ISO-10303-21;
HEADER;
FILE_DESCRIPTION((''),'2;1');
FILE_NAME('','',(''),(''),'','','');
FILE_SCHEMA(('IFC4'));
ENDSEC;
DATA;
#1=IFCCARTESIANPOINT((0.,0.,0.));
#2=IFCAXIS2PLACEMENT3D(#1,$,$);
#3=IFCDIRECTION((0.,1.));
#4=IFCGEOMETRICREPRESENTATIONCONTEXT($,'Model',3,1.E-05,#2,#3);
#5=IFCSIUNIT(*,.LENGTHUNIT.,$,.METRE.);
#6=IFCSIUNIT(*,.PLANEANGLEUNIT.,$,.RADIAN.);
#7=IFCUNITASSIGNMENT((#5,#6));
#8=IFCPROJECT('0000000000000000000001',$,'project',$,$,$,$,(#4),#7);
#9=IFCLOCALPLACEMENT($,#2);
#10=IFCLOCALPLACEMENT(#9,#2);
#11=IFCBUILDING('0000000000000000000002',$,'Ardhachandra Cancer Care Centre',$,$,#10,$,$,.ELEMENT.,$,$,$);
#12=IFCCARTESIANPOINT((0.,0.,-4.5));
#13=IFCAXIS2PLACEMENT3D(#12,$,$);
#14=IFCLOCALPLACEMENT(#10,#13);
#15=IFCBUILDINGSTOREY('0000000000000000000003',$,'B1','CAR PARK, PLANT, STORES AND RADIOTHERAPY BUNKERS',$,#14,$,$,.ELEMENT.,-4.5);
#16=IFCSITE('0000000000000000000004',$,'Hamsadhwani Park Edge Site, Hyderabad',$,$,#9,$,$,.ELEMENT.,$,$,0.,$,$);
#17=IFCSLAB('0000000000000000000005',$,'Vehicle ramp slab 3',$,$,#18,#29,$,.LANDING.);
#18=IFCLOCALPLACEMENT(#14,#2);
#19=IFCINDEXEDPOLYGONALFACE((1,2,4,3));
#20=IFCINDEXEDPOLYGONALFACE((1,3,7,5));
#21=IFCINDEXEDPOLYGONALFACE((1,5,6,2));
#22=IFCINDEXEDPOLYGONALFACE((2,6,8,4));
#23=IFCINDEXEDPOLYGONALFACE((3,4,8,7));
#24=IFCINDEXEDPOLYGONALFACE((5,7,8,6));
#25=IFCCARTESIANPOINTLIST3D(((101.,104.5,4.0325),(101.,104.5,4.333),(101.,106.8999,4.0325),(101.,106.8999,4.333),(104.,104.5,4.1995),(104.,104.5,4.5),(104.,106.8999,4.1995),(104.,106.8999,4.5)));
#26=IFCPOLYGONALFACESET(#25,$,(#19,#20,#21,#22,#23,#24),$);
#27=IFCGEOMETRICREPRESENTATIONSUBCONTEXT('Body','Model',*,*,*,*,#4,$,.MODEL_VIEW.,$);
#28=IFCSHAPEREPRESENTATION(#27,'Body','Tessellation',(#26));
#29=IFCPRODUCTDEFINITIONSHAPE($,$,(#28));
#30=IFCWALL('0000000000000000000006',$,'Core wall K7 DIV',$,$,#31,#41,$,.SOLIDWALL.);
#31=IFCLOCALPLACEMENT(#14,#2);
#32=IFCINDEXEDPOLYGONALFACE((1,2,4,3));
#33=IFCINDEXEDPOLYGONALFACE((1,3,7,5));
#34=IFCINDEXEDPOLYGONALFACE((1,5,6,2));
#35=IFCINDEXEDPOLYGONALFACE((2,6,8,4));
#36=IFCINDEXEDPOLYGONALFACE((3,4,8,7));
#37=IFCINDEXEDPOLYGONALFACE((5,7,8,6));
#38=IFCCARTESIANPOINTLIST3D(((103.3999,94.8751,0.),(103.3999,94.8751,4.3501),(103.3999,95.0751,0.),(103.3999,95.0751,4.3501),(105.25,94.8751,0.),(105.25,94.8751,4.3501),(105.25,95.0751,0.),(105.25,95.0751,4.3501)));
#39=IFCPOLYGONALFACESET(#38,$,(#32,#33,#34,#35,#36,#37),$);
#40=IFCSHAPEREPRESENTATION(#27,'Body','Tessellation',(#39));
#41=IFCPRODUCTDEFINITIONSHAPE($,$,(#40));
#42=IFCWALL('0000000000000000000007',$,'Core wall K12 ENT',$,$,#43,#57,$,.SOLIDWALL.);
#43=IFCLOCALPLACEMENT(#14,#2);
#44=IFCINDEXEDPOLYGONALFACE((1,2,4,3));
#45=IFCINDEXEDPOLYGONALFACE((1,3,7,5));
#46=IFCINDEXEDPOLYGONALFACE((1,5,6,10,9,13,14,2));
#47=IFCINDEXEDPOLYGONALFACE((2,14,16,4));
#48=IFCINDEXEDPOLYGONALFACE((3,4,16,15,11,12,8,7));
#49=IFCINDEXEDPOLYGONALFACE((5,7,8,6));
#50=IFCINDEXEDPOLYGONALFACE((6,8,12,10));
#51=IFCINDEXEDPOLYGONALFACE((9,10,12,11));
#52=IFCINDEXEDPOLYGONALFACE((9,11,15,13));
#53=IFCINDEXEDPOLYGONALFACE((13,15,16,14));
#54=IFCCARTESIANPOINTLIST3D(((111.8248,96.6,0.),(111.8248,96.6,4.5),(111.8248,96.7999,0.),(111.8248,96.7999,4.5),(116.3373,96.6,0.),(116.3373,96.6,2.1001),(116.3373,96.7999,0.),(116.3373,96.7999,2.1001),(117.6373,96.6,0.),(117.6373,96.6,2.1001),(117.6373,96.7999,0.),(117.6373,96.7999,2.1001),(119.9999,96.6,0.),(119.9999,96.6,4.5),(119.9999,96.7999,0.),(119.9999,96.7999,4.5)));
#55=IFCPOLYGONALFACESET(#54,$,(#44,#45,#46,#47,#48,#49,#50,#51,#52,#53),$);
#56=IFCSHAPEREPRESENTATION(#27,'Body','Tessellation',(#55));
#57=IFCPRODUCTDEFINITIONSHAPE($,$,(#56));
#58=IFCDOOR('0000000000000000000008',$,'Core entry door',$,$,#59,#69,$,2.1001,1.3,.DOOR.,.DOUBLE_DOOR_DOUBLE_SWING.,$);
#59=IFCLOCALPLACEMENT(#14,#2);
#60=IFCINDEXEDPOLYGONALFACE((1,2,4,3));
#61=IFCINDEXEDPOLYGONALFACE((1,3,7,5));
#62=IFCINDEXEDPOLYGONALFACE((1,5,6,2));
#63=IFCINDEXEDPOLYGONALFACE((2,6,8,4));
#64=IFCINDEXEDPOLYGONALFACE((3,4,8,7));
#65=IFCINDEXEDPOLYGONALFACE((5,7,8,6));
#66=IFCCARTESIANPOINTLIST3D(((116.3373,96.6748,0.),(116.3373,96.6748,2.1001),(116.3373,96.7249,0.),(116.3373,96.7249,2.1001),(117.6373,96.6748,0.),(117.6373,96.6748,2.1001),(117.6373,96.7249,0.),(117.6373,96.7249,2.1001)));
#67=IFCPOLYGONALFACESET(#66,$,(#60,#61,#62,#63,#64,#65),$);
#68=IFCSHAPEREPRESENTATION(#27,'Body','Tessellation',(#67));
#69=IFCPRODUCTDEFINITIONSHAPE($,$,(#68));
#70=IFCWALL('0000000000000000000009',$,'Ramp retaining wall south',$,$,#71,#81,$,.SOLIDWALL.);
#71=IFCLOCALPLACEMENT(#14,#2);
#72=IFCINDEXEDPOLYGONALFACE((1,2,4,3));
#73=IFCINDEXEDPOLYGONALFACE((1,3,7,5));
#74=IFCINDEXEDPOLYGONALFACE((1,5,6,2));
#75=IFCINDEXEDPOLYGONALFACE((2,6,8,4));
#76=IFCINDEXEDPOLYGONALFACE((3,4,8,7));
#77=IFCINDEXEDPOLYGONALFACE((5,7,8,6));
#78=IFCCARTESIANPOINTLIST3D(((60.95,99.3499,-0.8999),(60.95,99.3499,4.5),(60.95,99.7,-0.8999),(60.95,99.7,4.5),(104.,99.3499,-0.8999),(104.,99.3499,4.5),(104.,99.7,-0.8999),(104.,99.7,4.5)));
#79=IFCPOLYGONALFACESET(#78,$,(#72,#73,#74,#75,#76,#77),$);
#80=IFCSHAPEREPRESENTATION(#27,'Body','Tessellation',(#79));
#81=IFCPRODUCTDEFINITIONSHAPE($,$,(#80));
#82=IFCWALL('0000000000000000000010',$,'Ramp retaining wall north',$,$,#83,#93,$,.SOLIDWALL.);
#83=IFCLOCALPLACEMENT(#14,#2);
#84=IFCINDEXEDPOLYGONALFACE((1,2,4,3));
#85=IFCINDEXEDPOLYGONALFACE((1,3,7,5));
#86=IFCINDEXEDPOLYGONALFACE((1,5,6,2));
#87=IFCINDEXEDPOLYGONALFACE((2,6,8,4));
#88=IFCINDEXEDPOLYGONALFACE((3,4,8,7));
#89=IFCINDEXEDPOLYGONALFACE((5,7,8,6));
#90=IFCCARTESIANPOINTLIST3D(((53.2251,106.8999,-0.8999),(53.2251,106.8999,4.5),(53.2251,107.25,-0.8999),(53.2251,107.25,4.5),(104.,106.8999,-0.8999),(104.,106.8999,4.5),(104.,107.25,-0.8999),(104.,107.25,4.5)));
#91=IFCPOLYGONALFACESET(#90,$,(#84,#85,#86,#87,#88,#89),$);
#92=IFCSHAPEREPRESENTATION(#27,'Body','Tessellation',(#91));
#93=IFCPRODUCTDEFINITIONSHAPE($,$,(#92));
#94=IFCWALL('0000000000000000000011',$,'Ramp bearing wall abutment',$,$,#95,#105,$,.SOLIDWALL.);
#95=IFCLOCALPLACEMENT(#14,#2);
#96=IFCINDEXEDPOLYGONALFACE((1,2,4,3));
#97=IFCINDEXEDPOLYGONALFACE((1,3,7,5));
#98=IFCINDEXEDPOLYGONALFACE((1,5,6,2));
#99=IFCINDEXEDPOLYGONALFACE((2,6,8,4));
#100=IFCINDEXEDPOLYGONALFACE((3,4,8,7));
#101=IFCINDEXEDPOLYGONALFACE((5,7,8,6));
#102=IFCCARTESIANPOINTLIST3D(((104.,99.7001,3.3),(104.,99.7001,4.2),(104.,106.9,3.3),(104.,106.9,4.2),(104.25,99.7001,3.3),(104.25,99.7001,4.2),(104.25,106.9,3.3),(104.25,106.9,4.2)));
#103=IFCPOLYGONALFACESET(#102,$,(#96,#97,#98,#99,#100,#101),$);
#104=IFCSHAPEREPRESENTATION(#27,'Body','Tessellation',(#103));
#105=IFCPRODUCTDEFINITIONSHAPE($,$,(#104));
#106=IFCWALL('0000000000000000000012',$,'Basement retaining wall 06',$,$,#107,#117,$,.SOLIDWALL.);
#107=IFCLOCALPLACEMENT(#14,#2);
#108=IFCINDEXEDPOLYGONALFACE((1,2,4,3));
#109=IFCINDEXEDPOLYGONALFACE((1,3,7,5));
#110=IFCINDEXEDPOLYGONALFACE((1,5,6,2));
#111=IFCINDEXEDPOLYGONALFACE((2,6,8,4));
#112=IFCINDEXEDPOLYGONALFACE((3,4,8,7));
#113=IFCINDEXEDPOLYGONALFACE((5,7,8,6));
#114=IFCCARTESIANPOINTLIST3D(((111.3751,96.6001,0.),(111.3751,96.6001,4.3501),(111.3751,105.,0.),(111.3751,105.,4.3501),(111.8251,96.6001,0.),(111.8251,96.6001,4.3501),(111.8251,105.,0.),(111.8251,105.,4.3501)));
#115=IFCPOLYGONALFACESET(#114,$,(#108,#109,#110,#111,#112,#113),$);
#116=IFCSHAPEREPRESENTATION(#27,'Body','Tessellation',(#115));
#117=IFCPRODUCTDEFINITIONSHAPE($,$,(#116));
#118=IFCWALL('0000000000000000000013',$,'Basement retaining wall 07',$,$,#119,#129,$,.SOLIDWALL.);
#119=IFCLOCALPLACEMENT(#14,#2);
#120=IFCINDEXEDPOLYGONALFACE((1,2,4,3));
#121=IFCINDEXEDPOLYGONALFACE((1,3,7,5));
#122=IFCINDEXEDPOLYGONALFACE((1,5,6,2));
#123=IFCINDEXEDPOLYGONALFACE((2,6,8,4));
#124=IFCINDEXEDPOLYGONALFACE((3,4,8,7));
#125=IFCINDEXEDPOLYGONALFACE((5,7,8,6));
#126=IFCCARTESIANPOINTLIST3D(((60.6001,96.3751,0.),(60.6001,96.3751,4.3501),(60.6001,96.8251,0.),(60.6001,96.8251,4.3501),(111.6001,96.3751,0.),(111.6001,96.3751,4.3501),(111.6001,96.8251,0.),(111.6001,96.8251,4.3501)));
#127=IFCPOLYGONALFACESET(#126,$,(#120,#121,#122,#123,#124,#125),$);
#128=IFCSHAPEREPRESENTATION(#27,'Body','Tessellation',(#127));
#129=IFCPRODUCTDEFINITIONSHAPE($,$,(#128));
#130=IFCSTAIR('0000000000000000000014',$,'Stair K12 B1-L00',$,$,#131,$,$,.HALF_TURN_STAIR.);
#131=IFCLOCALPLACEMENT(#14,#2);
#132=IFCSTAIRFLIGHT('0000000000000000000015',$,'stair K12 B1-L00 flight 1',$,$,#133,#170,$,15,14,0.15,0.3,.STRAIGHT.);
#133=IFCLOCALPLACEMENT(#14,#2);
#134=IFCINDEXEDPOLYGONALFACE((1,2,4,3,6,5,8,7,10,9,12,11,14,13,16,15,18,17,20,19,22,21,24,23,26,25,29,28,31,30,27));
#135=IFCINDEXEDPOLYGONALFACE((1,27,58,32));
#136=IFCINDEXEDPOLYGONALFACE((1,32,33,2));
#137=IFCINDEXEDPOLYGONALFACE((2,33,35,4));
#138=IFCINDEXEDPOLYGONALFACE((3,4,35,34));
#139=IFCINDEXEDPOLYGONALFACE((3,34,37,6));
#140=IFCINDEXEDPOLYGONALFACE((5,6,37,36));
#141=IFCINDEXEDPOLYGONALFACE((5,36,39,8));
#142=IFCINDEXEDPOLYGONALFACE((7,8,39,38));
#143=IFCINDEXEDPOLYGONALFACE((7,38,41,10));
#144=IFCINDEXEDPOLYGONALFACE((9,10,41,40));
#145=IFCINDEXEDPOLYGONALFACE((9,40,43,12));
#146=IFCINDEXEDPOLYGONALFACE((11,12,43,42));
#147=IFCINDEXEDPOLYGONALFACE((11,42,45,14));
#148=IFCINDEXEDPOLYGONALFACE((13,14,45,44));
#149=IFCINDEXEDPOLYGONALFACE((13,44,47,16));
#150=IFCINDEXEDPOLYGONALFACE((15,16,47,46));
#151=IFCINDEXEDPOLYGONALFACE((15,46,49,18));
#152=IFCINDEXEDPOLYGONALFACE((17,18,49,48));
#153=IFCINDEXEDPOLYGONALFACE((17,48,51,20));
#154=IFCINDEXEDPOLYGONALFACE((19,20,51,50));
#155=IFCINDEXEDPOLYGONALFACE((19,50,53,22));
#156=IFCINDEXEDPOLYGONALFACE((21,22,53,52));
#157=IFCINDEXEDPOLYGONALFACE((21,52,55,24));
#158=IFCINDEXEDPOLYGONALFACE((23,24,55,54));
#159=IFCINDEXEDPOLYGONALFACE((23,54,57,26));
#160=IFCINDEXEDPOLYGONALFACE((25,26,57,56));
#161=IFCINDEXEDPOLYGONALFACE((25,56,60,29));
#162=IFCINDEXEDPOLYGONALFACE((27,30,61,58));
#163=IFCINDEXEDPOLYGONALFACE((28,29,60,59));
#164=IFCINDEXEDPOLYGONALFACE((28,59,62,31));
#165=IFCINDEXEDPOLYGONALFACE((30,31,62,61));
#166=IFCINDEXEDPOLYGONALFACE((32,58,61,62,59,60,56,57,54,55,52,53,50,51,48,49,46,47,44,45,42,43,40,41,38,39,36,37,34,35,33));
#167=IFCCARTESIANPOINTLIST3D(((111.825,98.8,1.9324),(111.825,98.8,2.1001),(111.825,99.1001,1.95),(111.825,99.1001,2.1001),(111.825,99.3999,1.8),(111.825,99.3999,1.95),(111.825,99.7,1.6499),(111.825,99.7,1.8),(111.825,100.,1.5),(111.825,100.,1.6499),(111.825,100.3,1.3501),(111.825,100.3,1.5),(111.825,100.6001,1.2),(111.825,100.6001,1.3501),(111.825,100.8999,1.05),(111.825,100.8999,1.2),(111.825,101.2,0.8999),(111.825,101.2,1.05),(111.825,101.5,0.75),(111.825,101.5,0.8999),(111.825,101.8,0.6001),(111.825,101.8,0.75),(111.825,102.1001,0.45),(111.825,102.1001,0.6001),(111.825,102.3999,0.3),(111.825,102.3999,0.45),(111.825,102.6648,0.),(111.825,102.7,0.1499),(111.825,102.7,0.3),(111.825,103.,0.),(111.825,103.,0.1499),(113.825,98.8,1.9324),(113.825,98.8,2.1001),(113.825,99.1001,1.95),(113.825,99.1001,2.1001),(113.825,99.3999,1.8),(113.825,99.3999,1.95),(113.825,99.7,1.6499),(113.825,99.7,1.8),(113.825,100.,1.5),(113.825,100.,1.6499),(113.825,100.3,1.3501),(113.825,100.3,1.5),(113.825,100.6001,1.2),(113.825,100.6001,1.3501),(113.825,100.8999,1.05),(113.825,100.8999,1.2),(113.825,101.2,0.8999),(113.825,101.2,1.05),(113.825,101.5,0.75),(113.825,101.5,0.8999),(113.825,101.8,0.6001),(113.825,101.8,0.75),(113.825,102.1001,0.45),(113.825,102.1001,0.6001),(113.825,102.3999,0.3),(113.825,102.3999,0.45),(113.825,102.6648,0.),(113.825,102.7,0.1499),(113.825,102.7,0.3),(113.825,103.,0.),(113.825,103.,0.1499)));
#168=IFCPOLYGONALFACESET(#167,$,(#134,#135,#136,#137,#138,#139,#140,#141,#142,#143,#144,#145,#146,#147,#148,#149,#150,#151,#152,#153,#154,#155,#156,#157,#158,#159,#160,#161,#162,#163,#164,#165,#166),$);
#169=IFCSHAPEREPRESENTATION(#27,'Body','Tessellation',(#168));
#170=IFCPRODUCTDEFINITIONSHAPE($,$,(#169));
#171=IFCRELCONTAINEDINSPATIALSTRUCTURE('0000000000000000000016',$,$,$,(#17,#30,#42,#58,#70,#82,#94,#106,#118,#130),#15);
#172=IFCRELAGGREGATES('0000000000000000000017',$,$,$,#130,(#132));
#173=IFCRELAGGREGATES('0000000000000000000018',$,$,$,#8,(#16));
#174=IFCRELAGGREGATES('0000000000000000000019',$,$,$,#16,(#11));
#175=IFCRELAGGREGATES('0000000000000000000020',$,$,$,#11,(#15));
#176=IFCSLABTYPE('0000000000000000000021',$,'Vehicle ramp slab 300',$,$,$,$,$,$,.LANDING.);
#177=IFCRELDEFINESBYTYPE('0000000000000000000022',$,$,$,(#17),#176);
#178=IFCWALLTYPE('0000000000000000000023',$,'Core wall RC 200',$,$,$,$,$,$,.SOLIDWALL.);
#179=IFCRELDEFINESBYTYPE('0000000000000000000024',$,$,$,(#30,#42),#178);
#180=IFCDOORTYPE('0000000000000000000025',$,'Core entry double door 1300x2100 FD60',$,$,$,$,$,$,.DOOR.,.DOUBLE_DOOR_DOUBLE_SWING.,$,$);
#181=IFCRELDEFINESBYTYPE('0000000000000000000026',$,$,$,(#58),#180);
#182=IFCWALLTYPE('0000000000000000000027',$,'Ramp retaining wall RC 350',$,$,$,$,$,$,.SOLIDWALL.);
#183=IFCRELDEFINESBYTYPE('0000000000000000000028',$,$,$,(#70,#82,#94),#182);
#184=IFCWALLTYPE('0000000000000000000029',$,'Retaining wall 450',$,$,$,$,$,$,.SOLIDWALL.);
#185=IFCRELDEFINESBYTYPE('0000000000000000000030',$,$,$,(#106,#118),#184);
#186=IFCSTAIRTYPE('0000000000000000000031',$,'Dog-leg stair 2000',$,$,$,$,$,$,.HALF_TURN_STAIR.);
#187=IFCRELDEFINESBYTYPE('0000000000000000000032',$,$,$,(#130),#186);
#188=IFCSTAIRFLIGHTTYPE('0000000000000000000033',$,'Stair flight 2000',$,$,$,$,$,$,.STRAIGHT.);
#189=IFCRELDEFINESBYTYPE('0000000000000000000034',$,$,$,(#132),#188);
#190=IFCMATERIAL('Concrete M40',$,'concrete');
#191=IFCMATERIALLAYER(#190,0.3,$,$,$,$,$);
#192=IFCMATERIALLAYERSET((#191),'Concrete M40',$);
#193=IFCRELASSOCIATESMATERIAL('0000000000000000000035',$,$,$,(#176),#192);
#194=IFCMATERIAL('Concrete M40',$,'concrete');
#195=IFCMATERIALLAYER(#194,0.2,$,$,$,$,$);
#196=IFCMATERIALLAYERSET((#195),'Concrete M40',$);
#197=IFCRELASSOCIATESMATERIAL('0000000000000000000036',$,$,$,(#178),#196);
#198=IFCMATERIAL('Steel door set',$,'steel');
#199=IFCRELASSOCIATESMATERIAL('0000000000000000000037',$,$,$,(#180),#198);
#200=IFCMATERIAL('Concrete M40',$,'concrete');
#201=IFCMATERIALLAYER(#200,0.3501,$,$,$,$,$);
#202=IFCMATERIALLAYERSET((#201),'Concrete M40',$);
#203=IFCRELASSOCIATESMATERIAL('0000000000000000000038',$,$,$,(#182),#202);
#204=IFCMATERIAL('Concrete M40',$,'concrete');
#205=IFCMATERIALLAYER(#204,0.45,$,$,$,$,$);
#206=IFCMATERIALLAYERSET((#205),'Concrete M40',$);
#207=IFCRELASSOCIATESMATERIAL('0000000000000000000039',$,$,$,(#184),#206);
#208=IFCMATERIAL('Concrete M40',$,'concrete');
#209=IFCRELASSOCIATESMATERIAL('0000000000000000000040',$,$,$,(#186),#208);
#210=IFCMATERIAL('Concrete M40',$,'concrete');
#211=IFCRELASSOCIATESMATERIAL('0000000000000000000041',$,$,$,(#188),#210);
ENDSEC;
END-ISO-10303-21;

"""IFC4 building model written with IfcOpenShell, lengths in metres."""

from ifc_helpers import new_model, si_unit, direction, frame, frame_2d, origin, place, context, subcontext, project, spatial, polyline, rectangle, outline, extrude, material, layer, layer_set, type_object, element, fill, aggregate, save


model = new_model("IFC4")

# Units and contexts
model_context = context("Model", 3, precision=1e-05, world=origin(), true_north=direction((0.0, 1.0)))
body_context = subcontext(model_context, "Body", "Model", "MODEL_VIEW")
ifc_project = project(units=[si_unit("LENGTHUNIT", "METRE"), si_unit("PLANEANGLEUNIT", "RADIAN")], contexts=[model_context])

# Site, building, storey
site_placement = place(None, origin())
site = spatial("IfcSite", under=ifc_project, at=site_placement, Name="Hamsadhwani Park Edge Site, Hyderabad", CompositionType="ELEMENT", RefElevation=0.0)
building_placement = place(site_placement, origin())
building = spatial("IfcBuilding", under=site, at=building_placement, Name="Ardhachandra Cancer Care Centre", CompositionType="ELEMENT")
storey_placement = place(building_placement, frame((0.0, 0.0, -4.5)))
storey = spatial("IfcBuildingStorey", under=building, at=storey_placement, Name="B1", Description="CAR PARK, PLANT, STORES AND RADIOTHERAPY BUNKERS", CompositionType="ELEMENT", Elevation=-4.5)

# Slab
ifc_material_1 = material(Name="Concrete M40", Category="concrete")
ifc_layer_1 = layer(ifc_material_1, 0.3)
ifc_layer_set_1 = layer_set([ifc_layer_1], Name="Concrete M40")
slab_type = type_object("IfcSlabType", Name="Vehicle ramp slab 300", PredefinedType="LANDING", material=ifc_layer_set_1)
for number, where, z_axis, x_axis, name in (
    (1, (104.0, 105.7, 4.5), (0.0, 0.0, 1.0), (-1.0, 0.0, 0.0), "Vehicle ramp slab 3"),
):
    element("IfcSlab", number, at=place(storey_placement, frame(where, z_axis=z_axis, x_axis=x_axis)), inside=storey, type_object=slab_type, Name=name, PredefinedType="LANDING", context=body_context, shape_type="SweptSolid", body=[
        extrude(outline(polyline([(0.0, -0.3005), (3.0, -0.4675), (3.0, -0.167), (0.0, 0.0), (0.0, -0.3005)])), frame((0.0, 1.2, 0.0), z_axis=(0.0, -1.0, 0.0), x_axis=(1.0, 0.0, 0.0)), (0.0, 0.0, 1.0), 2.3999),
    ])

# Wall
ifc_material_2 = material(Name="Concrete M40", Category="concrete")
ifc_layer_2 = layer(ifc_material_2, 0.2)
ifc_layer_set_2 = layer_set([ifc_layer_2], Name="Concrete M40")
wall_type_1 = type_object("IfcWallType", Name="Core wall RC 200", PredefinedType="SOLIDWALL", material=ifc_layer_set_2)
wall_1_placement = place(storey_placement, frame((105.25, 94.9751, 0.0), z_axis=(0.0, 0.0, 1.0), x_axis=(-1.0, 0.0, 0.0)))
element("IfcWall", 2, at=wall_1_placement, inside=storey, type_object=wall_type_1, Name="Core wall K7 DIV", PredefinedType="SOLIDWALL", context=body_context, shape_type="SweptSolid", body=[
    extrude(rectangle(XDim=1.8501, YDim=0.2, at=frame_2d((0.925, 0.0))), origin(), (0.0, 0.0, 1.0), 4.3501),
])

# Wall, opening, door
wall_2_placement = place(storey_placement, frame((111.825, 96.7, 0.0), z_axis=(0.0, 0.0, 1.0), x_axis=(1.0, 0.0, 0.0)))
wall_2 = element("IfcWall", 3, at=wall_2_placement, inside=storey, type_object=wall_type_1, Name="Core wall K12 ENT", PredefinedType="SOLIDWALL", context=body_context, shape_type="SweptSolid", body=[
    extrude(rectangle(XDim=8.175, YDim=0.2, at=frame_2d((4.0874, 0.0))), origin(), (0.0, 0.0, 1.0), 4.5),
])
opening_placement = place(wall_2_placement, frame((4.5125, 0.0, 0.0)))
opening = element("IfcOpeningElement", 4, at=opening_placement, cuts=wall_2, PredefinedType="OPENING", context=body_context, shape_type="SweptSolid", body=[
    extrude(rectangle(XDim=1.3, YDim=2.1001, at=frame_2d((0.6499, 1.05))), frame((0.0, 0.1099, 0.0), z_axis=(0.0, -1.0, 0.0), x_axis=(1.0, 0.0, 0.0)), (0.0, 0.0, 1.0), 0.22),
])
ifc_material_3 = material(Name="Steel door set", Category="steel")
door_type = type_object("IfcDoorType", Name="Core entry double door 1300x2100 FD60", OperationType="DOUBLE_DOOR_DOUBLE_SWING", PredefinedType="DOOR", material=ifc_material_3)
door_placement = place(opening_placement, origin())
door = element("IfcDoor", 5, at=door_placement, inside=storey, type_object=door_type, Name="Core entry door", OperationType="DOUBLE_DOOR_DOUBLE_SWING", OverallHeight=2.1001, OverallWidth=1.3, PredefinedType="DOOR", context=body_context, shape_type="SweptSolid", body=[
    extrude(rectangle(XDim=1.3, YDim=2.1001, at=frame_2d((0.6499, 1.05))), frame((0.0, 0.0249, 0.0), z_axis=(0.0, -1.0, 0.0), x_axis=(1.0, 0.0, 0.0)), (0.0, 0.0, 1.0), 0.05),
])
fill(opening, door)

# Walls
ifc_material_4 = material(Name="Concrete M40", Category="concrete")
ifc_layer_3 = layer(ifc_material_4, 0.3501)
ifc_layer_set_3 = layer_set([ifc_layer_3], Name="Concrete M40")
wall_type_2 = type_object("IfcWallType", Name="Ramp retaining wall RC 350", PredefinedType="SOLIDWALL", material=ifc_layer_set_3)
wall_3_placement = place(storey_placement, frame((104.0, 99.5249, -0.8999), z_axis=(0.0, 0.0, 1.0), x_axis=(-1.0, 0.0, 0.0)))
element("IfcWall", 6, at=wall_3_placement, inside=storey, type_object=wall_type_2, Name="Ramp retaining wall south", PredefinedType="SOLIDWALL", context=body_context, shape_type="SweptSolid", body=[
    extrude(outline(polyline([(0.0, 0.0), (43.05, 0.0), (43.05, 5.3999), (0.0, 5.3999), (0.0, 0.0)])), frame((0.0, 0.175, 0.0), z_axis=(0.0, -1.0, 0.0), x_axis=(1.0, 0.0, 0.0)), (0.0, 0.0, 1.0), 0.3501),
])
wall_4_placement = place(storey_placement, frame((104.0, 107.075, -0.8999), z_axis=(0.0, 0.0, 1.0), x_axis=(-1.0, 0.0, 0.0)))
element("IfcWall", 7, at=wall_4_placement, inside=storey, type_object=wall_type_2, Name="Ramp retaining wall north", PredefinedType="SOLIDWALL", context=body_context, shape_type="SweptSolid", body=[
    extrude(outline(polyline([(0.0, 0.0), (50.7749, 0.0), (50.7749, 5.3999), (0.0, 5.3999), (0.0, 0.0)])), frame((0.0, 0.175, 0.0), z_axis=(0.0, -1.0, 0.0), x_axis=(1.0, 0.0, 0.0)), (0.0, 0.0, 1.0), 0.3501),
])
wall_5_placement = place(storey_placement, frame((104.125, 99.7, 3.3), z_axis=(0.0, 0.0, 1.0), x_axis=(0.0, 1.0, 0.0)))
element("IfcWall", 8, at=wall_5_placement, inside=storey, type_object=wall_type_2, Name="Ramp bearing wall abutment", PredefinedType="SOLIDWALL", context=body_context, shape_type="SweptSolid", body=[
    extrude(rectangle(XDim=7.2, YDim=0.25, at=frame_2d((3.6001, 0.0))), origin(), (0.0, 0.0, 1.0), 0.8999),
])
ifc_material_5 = material(Name="Concrete M40", Category="concrete")
ifc_layer_4 = layer(ifc_material_5, 0.45)
ifc_layer_set_4 = layer_set([ifc_layer_4], Name="Concrete M40")
wall_type_3 = type_object("IfcWallType", Name="Retaining wall 450", PredefinedType="SOLIDWALL", material=ifc_layer_set_4)
wall_6_placement = place(storey_placement, frame((111.6001, 105.0, 0.0), z_axis=(0.0, 0.0, 1.0), x_axis=(0.0, -1.0, 0.0)))
element("IfcWall", 9, at=wall_6_placement, inside=storey, type_object=wall_type_3, Name="Basement retaining wall 06", PredefinedType="SOLIDWALL", context=body_context, shape_type="SweptSolid", body=[
    extrude(rectangle(XDim=8.3999, YDim=0.45, at=frame_2d((4.2, 0.0))), origin(), (0.0, 0.0, 1.0), 4.3501),
])
wall_7_placement = place(storey_placement, frame((111.6001, 96.6001, 0.0), z_axis=(0.0, 0.0, 1.0), x_axis=(-1.0, 0.0, 0.0)))
element("IfcWall", 10, at=wall_7_placement, inside=storey, type_object=wall_type_3, Name="Basement retaining wall 07", PredefinedType="SOLIDWALL", context=body_context, shape_type="SweptSolid", body=[
    extrude(rectangle(XDim=51.0, YDim=0.45, at=frame_2d((25.5, 0.0))), origin(), (0.0, 0.0, 1.0), 4.3501),
])

# Stair, stair flight
ifc_material_6 = material(Name="Concrete M40", Category="concrete")
stair_type = type_object("IfcStairType", Name="Dog-leg stair 2000", PredefinedType="HALF_TURN_STAIR", material=ifc_material_6)
stair_placement = place(storey_placement, origin())
stair = element("IfcStair", 11, at=stair_placement, inside=storey, type_object=stair_type, Name="Stair K12 B1-L00", PredefinedType="HALF_TURN_STAIR")
ifc_material_7 = material(Name="Concrete M40", Category="concrete")
stair_flight_type = type_object("IfcStairFlightType", Name="Stair flight 2000", PredefinedType="STRAIGHT", material=ifc_material_7)
stair_flight_placement = place(storey_placement, frame((112.825, 103.0, 0.0), z_axis=(0.0, 0.0, 1.0), x_axis=(0.0, -1.0, 0.0)))
stair_flight = element("IfcStairFlight", 12, at=stair_flight_placement, type_object=stair_flight_type, Name="stair K12 B1-L00 flight 1", NumberOfRisers=15, NumberOfTreads=14, PredefinedType="STRAIGHT", RiserHeight=0.15, TreadLength=0.3, context=body_context, shape_type="SweptSolid", body=[
    extrude(outline(polyline([(0.0, 0.0), (0.0, 0.1499), (0.3, 0.1499), (0.3, 0.3), (0.6001, 0.3), (0.6001, 0.45), (0.8999, 0.45), (0.8999, 0.6001), (1.2, 0.6001), (1.2, 0.75), (1.5, 0.75), (1.5, 0.8999), (1.8, 0.8999), (1.8, 1.05), (2.1001, 1.05), (2.1001, 1.2), (2.3999, 1.2), (2.3999, 1.3501), (2.7, 1.3501), (2.7, 1.5), (3.0, 1.5), (3.0, 1.6499), (3.3, 1.6499), (3.3, 1.8), (3.6001, 1.8), (3.6001, 1.95), (3.8999, 1.95), (3.8999, 2.1001), (4.2, 2.1001), (4.2, 2.25), (4.2, 1.9324), (0.3352, 0.0), (0.0, 0.0)])), frame((0.0, 1.0, 0.0), z_axis=(0.0, -1.0, 0.0), x_axis=(1.0, 0.0, 0.0)), (0.0, 0.0, 1.0), 2.0),
])
aggregate(stair, [stair_flight])

save(model, "model.ifc")
